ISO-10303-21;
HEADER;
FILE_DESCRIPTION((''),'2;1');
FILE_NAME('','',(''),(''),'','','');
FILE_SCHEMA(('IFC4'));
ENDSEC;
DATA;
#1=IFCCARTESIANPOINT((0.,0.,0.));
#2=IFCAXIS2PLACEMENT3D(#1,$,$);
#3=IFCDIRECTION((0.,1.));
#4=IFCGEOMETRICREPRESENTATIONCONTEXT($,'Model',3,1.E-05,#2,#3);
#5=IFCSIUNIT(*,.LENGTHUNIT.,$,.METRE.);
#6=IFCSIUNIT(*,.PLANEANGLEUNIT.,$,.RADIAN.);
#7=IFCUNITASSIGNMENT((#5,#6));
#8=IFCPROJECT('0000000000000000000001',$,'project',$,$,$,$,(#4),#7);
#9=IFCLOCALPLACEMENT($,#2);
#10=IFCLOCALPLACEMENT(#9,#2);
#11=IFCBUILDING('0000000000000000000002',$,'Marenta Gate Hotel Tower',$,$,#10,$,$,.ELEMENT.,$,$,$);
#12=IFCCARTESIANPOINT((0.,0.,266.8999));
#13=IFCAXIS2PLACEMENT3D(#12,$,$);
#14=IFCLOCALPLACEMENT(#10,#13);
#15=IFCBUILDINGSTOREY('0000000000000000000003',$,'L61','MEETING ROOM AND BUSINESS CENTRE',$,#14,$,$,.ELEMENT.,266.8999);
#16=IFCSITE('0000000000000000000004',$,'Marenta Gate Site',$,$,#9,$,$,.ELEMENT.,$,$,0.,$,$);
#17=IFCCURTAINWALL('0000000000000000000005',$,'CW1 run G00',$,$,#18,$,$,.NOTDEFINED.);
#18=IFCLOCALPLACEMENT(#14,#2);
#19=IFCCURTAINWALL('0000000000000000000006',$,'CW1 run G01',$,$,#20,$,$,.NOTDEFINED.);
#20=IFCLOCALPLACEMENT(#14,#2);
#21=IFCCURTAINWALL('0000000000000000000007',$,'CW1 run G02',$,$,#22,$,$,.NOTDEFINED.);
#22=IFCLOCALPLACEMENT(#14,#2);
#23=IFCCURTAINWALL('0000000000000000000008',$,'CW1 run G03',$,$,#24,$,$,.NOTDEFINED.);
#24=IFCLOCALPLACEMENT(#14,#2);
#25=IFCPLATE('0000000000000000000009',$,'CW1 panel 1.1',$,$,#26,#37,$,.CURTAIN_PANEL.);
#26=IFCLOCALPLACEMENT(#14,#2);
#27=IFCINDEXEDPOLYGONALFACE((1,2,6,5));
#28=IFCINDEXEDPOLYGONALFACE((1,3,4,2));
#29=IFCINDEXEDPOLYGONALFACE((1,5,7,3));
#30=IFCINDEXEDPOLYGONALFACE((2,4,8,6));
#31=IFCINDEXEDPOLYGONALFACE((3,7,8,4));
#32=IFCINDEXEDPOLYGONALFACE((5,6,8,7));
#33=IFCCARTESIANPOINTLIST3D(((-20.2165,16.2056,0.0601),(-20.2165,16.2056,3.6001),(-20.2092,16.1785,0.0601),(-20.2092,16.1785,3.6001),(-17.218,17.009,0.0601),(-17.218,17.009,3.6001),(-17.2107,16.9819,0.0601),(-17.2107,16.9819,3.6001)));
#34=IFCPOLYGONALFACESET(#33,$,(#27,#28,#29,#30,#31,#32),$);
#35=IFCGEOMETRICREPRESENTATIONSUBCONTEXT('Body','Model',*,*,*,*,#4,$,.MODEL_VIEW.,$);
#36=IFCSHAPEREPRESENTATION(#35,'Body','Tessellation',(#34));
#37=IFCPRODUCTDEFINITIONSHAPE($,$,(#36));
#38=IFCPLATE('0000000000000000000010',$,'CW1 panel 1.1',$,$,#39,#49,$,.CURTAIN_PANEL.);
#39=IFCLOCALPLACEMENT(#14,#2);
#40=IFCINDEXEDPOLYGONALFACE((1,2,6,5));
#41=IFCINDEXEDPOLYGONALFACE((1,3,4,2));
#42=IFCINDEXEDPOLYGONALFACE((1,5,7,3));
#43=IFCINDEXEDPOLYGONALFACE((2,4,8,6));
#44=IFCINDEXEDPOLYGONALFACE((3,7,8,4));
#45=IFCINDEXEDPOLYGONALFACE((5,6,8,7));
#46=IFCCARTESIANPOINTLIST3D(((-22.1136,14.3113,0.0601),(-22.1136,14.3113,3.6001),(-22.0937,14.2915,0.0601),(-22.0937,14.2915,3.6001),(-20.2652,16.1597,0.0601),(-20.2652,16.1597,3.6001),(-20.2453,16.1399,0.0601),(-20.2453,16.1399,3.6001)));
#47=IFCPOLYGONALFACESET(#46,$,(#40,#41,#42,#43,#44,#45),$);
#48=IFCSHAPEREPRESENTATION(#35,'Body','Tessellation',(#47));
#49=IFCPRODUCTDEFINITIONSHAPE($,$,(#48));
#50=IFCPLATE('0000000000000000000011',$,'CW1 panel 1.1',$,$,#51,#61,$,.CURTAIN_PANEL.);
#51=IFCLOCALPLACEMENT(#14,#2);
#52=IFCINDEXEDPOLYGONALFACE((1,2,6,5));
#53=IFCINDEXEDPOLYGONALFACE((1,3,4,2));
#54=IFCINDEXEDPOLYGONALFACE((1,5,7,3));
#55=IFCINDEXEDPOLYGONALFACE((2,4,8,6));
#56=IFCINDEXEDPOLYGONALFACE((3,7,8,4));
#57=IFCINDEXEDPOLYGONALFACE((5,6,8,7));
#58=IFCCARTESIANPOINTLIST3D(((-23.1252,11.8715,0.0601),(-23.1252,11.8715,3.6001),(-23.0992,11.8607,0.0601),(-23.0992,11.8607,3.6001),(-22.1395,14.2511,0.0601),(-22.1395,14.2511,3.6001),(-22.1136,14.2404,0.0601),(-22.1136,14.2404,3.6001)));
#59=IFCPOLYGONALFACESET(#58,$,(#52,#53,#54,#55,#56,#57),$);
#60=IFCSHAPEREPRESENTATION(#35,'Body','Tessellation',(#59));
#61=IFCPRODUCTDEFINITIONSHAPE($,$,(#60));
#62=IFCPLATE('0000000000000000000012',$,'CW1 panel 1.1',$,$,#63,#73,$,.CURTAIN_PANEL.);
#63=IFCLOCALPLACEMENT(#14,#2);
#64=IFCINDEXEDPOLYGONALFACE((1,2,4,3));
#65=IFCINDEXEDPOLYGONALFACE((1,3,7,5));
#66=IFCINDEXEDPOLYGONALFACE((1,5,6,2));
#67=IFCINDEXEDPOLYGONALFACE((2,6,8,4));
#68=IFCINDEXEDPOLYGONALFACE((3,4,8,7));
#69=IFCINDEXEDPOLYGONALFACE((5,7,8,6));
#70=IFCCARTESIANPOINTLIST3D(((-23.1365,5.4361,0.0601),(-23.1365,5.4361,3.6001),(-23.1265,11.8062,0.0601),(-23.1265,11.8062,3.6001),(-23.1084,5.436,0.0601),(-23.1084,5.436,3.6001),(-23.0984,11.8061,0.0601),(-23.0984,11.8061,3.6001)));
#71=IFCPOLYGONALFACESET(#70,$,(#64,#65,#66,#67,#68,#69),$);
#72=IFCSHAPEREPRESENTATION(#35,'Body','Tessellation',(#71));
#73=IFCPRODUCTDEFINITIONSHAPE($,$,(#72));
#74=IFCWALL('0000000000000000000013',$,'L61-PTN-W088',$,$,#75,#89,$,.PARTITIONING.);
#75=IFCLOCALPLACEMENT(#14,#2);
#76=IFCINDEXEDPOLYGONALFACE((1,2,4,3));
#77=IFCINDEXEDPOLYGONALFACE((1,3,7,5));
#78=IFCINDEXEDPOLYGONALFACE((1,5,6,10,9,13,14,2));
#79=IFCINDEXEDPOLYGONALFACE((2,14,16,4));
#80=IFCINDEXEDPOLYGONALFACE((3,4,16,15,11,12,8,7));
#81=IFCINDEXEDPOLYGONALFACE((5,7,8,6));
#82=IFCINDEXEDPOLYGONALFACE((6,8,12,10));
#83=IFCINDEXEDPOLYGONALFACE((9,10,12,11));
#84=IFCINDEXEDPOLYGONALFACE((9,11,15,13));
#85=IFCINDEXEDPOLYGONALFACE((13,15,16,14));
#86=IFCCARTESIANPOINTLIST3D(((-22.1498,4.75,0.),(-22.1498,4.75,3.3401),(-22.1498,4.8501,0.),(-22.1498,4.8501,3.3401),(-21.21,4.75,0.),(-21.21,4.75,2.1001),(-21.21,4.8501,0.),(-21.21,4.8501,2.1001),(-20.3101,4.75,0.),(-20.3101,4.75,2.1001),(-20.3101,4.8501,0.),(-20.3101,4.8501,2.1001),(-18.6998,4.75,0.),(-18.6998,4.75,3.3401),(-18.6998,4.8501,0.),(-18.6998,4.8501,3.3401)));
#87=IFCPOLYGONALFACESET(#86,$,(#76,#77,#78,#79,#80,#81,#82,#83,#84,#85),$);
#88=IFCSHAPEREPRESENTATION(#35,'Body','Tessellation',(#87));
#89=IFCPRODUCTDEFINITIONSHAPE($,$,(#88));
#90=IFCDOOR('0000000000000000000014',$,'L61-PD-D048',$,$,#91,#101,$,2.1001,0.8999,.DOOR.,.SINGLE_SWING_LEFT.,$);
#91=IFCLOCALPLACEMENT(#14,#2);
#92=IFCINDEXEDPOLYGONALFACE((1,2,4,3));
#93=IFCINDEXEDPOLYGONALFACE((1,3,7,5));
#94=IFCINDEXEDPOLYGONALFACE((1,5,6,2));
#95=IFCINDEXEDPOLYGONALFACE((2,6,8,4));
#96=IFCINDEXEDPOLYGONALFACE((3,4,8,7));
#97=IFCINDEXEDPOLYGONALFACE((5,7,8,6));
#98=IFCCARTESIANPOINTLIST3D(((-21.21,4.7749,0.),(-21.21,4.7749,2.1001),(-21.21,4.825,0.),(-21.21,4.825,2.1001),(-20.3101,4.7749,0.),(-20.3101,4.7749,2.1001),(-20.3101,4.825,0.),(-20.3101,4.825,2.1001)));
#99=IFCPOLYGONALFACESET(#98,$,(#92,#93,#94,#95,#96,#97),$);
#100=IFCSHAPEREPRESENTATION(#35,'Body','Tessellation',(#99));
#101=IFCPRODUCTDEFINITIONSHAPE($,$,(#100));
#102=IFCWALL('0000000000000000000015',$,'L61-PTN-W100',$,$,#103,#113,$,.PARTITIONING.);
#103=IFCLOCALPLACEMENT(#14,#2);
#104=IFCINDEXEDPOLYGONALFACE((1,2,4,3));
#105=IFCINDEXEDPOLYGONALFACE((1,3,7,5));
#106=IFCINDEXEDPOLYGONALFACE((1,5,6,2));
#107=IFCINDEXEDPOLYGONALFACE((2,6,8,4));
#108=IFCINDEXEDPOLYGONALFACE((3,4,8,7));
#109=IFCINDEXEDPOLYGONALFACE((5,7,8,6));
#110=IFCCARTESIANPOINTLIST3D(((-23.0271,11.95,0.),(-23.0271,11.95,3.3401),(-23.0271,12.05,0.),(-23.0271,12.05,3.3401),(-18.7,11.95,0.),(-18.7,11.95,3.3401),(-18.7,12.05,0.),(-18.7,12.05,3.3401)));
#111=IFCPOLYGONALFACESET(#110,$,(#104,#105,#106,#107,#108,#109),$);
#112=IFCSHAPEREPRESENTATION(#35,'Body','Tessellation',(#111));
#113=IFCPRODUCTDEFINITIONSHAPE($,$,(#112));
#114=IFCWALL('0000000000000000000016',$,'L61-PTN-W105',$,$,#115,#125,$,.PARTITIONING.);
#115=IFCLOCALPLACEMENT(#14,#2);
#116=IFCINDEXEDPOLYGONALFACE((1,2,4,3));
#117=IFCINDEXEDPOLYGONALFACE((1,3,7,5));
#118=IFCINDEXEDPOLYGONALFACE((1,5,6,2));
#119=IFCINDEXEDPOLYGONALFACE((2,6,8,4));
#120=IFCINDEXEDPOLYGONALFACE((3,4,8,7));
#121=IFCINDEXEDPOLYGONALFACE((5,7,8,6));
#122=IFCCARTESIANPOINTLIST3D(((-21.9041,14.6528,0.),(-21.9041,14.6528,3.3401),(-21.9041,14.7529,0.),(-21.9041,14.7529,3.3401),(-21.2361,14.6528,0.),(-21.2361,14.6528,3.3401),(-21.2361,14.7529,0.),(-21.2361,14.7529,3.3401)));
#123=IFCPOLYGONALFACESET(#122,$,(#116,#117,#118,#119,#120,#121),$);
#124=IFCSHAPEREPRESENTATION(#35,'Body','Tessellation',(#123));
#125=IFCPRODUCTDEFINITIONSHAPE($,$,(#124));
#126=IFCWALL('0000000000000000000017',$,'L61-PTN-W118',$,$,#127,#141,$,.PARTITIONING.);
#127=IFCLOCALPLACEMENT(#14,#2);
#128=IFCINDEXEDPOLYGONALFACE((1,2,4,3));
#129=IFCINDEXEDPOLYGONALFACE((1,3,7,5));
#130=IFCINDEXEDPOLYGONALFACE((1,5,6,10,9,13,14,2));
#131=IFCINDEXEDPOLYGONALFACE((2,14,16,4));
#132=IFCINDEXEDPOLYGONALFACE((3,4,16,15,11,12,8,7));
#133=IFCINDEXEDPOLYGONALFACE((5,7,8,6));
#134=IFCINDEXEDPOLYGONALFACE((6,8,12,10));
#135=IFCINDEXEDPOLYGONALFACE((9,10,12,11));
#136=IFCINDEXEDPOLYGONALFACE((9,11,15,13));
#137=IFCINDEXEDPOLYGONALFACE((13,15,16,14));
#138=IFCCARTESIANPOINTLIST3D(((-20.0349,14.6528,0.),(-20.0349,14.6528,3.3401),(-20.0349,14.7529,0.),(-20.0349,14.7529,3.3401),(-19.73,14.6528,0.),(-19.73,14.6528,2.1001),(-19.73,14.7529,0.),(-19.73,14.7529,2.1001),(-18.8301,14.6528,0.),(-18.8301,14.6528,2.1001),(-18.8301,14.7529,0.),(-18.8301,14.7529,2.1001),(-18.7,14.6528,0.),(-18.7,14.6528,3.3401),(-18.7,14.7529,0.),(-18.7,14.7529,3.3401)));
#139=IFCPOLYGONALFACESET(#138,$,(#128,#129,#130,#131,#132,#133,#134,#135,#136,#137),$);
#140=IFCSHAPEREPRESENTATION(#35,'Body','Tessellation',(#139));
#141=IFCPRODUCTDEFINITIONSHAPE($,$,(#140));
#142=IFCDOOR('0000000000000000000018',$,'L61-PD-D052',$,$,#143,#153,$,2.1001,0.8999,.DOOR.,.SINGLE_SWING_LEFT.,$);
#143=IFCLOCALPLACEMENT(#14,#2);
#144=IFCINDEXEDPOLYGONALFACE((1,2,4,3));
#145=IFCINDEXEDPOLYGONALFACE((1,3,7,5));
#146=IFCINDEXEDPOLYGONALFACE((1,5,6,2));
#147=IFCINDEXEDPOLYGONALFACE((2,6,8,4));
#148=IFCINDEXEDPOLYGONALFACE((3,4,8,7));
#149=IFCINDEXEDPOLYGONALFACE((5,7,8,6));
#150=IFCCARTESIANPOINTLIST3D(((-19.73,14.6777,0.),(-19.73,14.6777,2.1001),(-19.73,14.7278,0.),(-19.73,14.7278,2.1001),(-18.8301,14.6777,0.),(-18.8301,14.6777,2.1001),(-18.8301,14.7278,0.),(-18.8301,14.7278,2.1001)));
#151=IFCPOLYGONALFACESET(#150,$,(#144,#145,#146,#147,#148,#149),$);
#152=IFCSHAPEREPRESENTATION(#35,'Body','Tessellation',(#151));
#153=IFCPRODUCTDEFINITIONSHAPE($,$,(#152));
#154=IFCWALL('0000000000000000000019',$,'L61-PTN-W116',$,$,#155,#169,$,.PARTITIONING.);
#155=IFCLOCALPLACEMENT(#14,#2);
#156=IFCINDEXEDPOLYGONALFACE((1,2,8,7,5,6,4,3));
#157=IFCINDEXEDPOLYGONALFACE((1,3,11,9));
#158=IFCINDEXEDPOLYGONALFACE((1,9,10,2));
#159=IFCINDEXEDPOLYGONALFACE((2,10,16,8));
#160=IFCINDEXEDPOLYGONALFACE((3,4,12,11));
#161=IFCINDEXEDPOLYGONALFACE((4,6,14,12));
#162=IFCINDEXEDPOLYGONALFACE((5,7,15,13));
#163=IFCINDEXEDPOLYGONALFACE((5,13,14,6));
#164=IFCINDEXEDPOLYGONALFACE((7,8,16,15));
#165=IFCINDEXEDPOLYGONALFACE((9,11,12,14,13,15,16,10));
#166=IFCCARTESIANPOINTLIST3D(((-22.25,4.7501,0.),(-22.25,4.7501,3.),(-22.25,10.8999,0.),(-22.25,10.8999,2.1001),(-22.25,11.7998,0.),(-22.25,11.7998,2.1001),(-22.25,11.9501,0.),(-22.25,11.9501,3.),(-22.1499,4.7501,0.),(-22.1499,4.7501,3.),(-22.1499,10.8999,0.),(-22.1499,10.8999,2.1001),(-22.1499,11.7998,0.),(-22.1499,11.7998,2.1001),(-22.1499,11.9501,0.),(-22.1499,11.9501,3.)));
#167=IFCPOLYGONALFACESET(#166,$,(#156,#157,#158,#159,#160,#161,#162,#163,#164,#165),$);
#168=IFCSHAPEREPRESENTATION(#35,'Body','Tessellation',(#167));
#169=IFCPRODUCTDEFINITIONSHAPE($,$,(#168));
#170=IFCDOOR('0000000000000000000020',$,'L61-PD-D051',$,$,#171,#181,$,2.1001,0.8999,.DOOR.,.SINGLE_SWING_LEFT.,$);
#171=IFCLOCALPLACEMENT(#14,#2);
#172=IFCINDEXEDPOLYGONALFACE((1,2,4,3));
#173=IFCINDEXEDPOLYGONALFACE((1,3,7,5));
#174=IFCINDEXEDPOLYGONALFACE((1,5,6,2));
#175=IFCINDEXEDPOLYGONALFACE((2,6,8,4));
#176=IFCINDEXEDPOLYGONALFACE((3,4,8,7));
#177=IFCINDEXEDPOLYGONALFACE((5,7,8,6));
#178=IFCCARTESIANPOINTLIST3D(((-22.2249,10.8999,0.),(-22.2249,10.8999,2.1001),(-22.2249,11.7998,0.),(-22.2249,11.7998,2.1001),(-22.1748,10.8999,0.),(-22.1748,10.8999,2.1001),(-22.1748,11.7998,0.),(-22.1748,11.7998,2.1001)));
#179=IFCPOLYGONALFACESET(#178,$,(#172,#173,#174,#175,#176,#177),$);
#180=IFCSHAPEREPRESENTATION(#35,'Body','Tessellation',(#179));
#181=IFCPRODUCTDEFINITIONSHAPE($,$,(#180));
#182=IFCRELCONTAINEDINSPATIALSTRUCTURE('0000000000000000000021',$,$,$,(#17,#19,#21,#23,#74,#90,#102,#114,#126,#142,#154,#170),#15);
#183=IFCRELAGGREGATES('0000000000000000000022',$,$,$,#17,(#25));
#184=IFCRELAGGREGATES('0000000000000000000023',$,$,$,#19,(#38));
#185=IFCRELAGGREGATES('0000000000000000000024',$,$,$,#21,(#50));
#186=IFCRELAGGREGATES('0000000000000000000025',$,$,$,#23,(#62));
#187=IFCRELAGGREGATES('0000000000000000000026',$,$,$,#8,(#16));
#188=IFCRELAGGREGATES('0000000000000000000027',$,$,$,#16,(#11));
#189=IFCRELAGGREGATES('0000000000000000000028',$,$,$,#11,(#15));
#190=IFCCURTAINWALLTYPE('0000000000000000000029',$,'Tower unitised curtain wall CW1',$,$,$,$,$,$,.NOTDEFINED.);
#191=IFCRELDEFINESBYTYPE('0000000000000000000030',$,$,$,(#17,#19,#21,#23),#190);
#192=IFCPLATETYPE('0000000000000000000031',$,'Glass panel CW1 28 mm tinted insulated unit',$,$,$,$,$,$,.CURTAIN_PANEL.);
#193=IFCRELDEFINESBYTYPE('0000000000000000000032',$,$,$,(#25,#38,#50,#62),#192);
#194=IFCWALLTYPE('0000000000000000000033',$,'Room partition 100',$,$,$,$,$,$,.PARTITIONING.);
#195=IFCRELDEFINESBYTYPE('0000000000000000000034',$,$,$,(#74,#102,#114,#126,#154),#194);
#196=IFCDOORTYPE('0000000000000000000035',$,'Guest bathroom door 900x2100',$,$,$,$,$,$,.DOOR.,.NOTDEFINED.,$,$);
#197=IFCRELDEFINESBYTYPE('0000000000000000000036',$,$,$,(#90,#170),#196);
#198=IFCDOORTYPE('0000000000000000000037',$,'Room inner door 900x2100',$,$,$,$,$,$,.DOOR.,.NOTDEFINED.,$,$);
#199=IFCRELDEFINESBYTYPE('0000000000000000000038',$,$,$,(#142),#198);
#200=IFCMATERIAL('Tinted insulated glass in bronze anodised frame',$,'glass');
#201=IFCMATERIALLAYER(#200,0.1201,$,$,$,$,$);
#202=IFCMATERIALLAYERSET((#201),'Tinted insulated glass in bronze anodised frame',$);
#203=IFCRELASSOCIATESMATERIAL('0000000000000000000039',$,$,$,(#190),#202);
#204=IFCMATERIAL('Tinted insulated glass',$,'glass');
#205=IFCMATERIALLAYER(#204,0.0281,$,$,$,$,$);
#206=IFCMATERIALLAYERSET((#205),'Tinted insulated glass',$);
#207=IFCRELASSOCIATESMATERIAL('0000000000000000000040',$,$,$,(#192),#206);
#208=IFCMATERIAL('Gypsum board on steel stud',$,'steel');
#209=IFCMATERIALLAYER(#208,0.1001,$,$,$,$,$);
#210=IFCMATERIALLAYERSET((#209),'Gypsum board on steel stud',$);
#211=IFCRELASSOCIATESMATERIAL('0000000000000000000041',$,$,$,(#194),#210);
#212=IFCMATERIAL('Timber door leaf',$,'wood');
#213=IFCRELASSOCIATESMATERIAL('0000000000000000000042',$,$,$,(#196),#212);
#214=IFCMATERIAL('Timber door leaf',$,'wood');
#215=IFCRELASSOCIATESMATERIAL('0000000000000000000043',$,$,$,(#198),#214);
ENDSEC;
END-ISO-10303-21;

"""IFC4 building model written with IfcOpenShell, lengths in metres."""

from ifc_helpers import new_model, si_unit, direction, frame, frame_2d, origin, origin_2d, place, context, subcontext, project, spatial, rectangle, extrude, material, layer, layer_set, type_object, element, fill, aggregate, save


model = new_model("IFC4")

# Units and contexts
model_context = context("Model", 3, precision=1e-05, world=origin(), true_north=direction((0.0, 1.0)))
body_context = subcontext(model_context, "Body", "Model", "MODEL_VIEW")
ifc_project = project(units=[si_unit("LENGTHUNIT", "METRE"), si_unit("PLANEANGLEUNIT", "RADIAN")], contexts=[model_context])

# Site, building, storey
site_placement = place(None, origin())
site = spatial("IfcSite", under=ifc_project, at=site_placement, Name="Marenta Gate Site", CompositionType="ELEMENT", RefElevation=0.0)
building_placement = place(site_placement, origin())
building = spatial("IfcBuilding", under=site, at=building_placement, Name="Marenta Gate Hotel Tower", CompositionType="ELEMENT")
storey_placement = place(building_placement, frame((0.0, 0.0, 266.8999)))
storey = spatial("IfcBuildingStorey", under=building, at=storey_placement, Name="L61", Description="MEETING ROOM AND BUSINESS CENTRE", CompositionType="ELEMENT", Elevation=266.8999)

# Curtain walls
ifc_material_1 = material(Name="Tinted insulated glass in bronze anodised frame", Category="glass")
ifc_layer_1 = layer(ifc_material_1, 0.1201)
ifc_layer_set_1 = layer_set([ifc_layer_1], Name="Tinted insulated glass in bronze anodised frame")
curtain_wall_type = type_object("IfcCurtainWallType", Name="Tower unitised curtain wall CW1", PredefinedType="NOTDEFINED", material=ifc_layer_set_1)
curtain_wall_1_placement = place(storey_placement, origin())
curtain_wall_1 = element("IfcCurtainWall", 1, at=curtain_wall_1_placement, inside=storey, type_object=curtain_wall_type, Name="CW1 run G00", PredefinedType="NOTDEFINED")
curtain_wall_2_placement = place(storey_placement, origin())
curtain_wall_2 = element("IfcCurtainWall", 2, at=curtain_wall_2_placement, inside=storey, type_object=curtain_wall_type, Name="CW1 run G01", PredefinedType="NOTDEFINED")
curtain_wall_3_placement = place(storey_placement, origin())
curtain_wall_3 = element("IfcCurtainWall", 3, at=curtain_wall_3_placement, inside=storey, type_object=curtain_wall_type, Name="CW1 run G02", PredefinedType="NOTDEFINED")

# Curtain wall
curtain_wall_4_placement = place(storey_placement, origin())
curtain_wall_4 = element("IfcCurtainWall", 4, at=curtain_wall_4_placement, inside=storey, type_object=curtain_wall_type, Name="CW1 run G03", PredefinedType="NOTDEFINED")

# Plates
ifc_material_2 = material(Name="Tinted insulated glass", Category="glass")
ifc_layer_2 = layer(ifc_material_2, 0.0281)
ifc_layer_set_2 = layer_set([ifc_layer_2], Name="Tinted insulated glass")
plate_type = type_object("IfcPlateType", Name="Glass panel CW1 28 mm tinted insulated unit", PredefinedType="CURTAIN_PANEL", material=ifc_layer_set_2)
plate_1_placement = place(storey_placement, frame((-18.7136, 16.5938, 0.0601), z_axis=(0.0, 0.0, 1.0), x_axis=(-0.965931, -0.258801, 0.0)))
plate_1 = element("IfcPlate", 5, at=plate_1_placement, type_object=plate_type, Name="CW1 panel 1.1", PredefinedType="CURTAIN_PANEL", context=body_context, shape_type="SweptSolid", body=[
    extrude(rectangle(XDim=3.1042, YDim=0.0281, at=origin_2d()), origin(), (0.0, 0.0, 1.0), 3.54),
])
aggregate(curtain_wall_1, [plate_1])
plate_2_placement = place(storey_placement, frame((-21.1794, 15.2256, 0.0601), z_axis=(0.0, 0.0, 1.0), x_axis=(-0.707107, -0.707107, 0.0)))
plate_2 = element("IfcPlate", 6, at=plate_2_placement, type_object=plate_type, Name="CW1 panel 1.1", PredefinedType="CURTAIN_PANEL", context=body_context, shape_type="SweptSolid", body=[
    extrude(rectangle(XDim=2.614, YDim=0.0281, at=origin_2d()), origin(), (0.0, 0.0, 1.0), 3.54),
])
aggregate(curtain_wall_2, [plate_2])
plate_3_placement = place(storey_placement, frame((-22.6194, 13.0559, 0.0601), z_axis=(0.0, 0.0, 1.0), x_axis=(-0.382667, -0.923886, 0.0)))
plate_3 = element("IfcPlate", 7, at=plate_3_placement, type_object=plate_type, Name="CW1 panel 1.1", PredefinedType="CURTAIN_PANEL", context=body_context, shape_type="SweptSolid", body=[
    extrude(rectangle(XDim=2.5757, YDim=0.0281, at=origin_2d()), origin(), (0.0, 0.0, 1.0), 3.54),
])
aggregate(curtain_wall_3, [plate_3])
plate_4_placement = place(storey_placement, frame((-23.1174, 8.6211, 0.0601), z_axis=(0.0, 0.0, 1.0), x_axis=(-0.001566, -0.999999, 0.0)))
plate_4 = element("IfcPlate", 8, at=plate_4_placement, type_object=plate_type, Name="CW1 panel 1.1", PredefinedType="CURTAIN_PANEL", context=body_context, shape_type="SweptSolid", body=[
    extrude(rectangle(XDim=6.3701, YDim=0.0281, at=origin_2d()), origin(), (0.0, 0.0, 1.0), 3.54),
])
aggregate(curtain_wall_4, [plate_4])

# Wall, opening, door
ifc_material_3 = material(Name="Gypsum board on steel stud", Category="steel")
ifc_layer_3 = layer(ifc_material_3, 0.1001)
ifc_layer_set_3 = layer_set([ifc_layer_3], Name="Gypsum board on steel stud")
wall_type_1 = type_object("IfcWallType", Name="Room partition 100", PredefinedType="PARTITIONING", material=ifc_layer_set_3)
wall_1_placement = place(storey_placement, frame((-22.1499, 4.8, 0.0), z_axis=(0.0, 0.0, 1.0), x_axis=(1.0, 0.0, 0.0)))
wall_1 = element("IfcWall", 9, at=wall_1_placement, inside=storey, type_object=wall_type_1, Name="L61-PTN-W088", PredefinedType="PARTITIONING", context=body_context, shape_type="SweptSolid", body=[
    extrude(rectangle(XDim=3.45, YDim=0.1001, at=frame_2d((1.7251, 0.0))), origin(), (0.0, 0.0, 1.0), 3.3401),
])
opening_1_placement = place(wall_1_placement, frame((0.9399, 0.0, 0.0)))
opening_1 = element("IfcOpeningElement", 10, at=opening_1_placement, cuts=wall_1, PredefinedType="OPENING", context=body_context, shape_type="SweptSolid", body=[
    extrude(rectangle(XDim=0.8999, YDim=2.1001, at=frame_2d((0.45, 1.05))), frame((0.0, 0.05, 0.0), z_axis=(0.0, -1.0, 0.0), x_axis=(1.0, 0.0, 0.0)), (0.0, 0.0, 1.0), 0.1001),
])
ifc_material_4 = material(Name="Timber door leaf", Category="wood")
door_type_1 = type_object("IfcDoorType", Name="Guest bathroom door 900x2100", OperationType="NOTDEFINED", PredefinedType="DOOR", material=ifc_material_4)
door_1_placement = place(opening_1_placement, origin())
door_1 = element("IfcDoor", 11, at=door_1_placement, inside=storey, type_object=door_type_1, Name="L61-PD-D048", OperationType="SINGLE_SWING_LEFT", OverallHeight=2.1001, OverallWidth=0.8999, PredefinedType="DOOR", context=body_context, shape_type="SweptSolid", body=[
    extrude(rectangle(XDim=0.8999, YDim=2.1001, at=frame_2d((0.45, 1.05))), frame((0.0, 0.0249, 0.0), z_axis=(0.0, -1.0, 0.0), x_axis=(1.0, 0.0, 0.0)), (0.0, 0.0, 1.0), 0.05),
])
fill(opening_1, door_1)

# Walls
wall_2_placement = place(storey_placement, frame((-23.0271, 12.0, 0.0), z_axis=(0.0, 0.0, 1.0), x_axis=(1.0, 0.0, 0.0)))
element("IfcWall", 12, at=wall_2_placement, inside=storey, type_object=wall_type_1, Name="L61-PTN-W100", PredefinedType="PARTITIONING", context=body_context, shape_type="SweptSolid", body=[
    extrude(rectangle(XDim=4.3271, YDim=0.1001, at=frame_2d((2.1636, 0.0))), origin(), (0.0, 0.0, 1.0), 3.3401),
])
wall_3_placement = place(storey_placement, frame((-21.9041, 14.7029, 0.0), z_axis=(0.0, 0.0, 1.0), x_axis=(1.0, 0.0, 0.0)))
element("IfcWall", 13, at=wall_3_placement, inside=storey, type_object=wall_type_1, Name="L61-PTN-W105", PredefinedType="PARTITIONING", context=body_context, shape_type="SweptSolid", body=[
    extrude(rectangle(XDim=0.668, YDim=0.1001, at=frame_2d((0.334, 0.0))), origin(), (0.0, 0.0, 1.0), 3.3401),
])

# Walls, openings, doors
wall_4_placement = place(storey_placement, frame((-20.0349, 14.7029, 0.0), z_axis=(0.0, 0.0, 1.0), x_axis=(1.0, 0.0, 0.0)))
wall_4 = element("IfcWall", 14, at=wall_4_placement, inside=storey, type_object=wall_type_1, Name="L61-PTN-W118", PredefinedType="PARTITIONING", context=body_context, shape_type="SweptSolid", body=[
    extrude(rectangle(XDim=1.335, YDim=0.1001, at=frame_2d((0.6675, 0.0))), origin(), (0.0, 0.0, 1.0), 3.3401),
])
opening_2_placement = place(wall_4_placement, frame((0.3049, 0.0, 0.0)))
opening_2 = element("IfcOpeningElement", 15, at=opening_2_placement, cuts=wall_4, PredefinedType="OPENING", context=body_context, shape_type="SweptSolid", body=[
    extrude(rectangle(XDim=0.8999, YDim=2.1001, at=frame_2d((0.45, 1.05))), frame((0.0, 0.05, 0.0), z_axis=(0.0, -1.0, 0.0), x_axis=(1.0, 0.0, 0.0)), (0.0, 0.0, 1.0), 0.1001),
])
ifc_material_5 = material(Name="Timber door leaf", Category="wood")
door_type_2 = type_object("IfcDoorType", Name="Room inner door 900x2100", OperationType="NOTDEFINED", PredefinedType="DOOR", material=ifc_material_5)
door_2_placement = place(opening_2_placement, origin())
door_2 = element("IfcDoor", 16, at=door_2_placement, inside=storey, type_object=door_type_2, Name="L61-PD-D052", OperationType="SINGLE_SWING_LEFT", OverallHeight=2.1001, OverallWidth=0.8999, PredefinedType="DOOR", context=body_context, shape_type="SweptSolid", body=[
    extrude(rectangle(XDim=0.8999, YDim=2.1001, at=frame_2d((0.45, 1.05))), frame((0.0, 0.0249, 0.0), z_axis=(0.0, -1.0, 0.0), x_axis=(1.0, 0.0, 0.0)), (0.0, 0.0, 1.0), 0.05),
])
fill(opening_2, door_2)
wall_5_placement = place(storey_placement, frame((-22.2, 4.75, 0.0), z_axis=(0.0, 0.0, 1.0), x_axis=(0.0, 1.0, 0.0)))
wall_5 = element("IfcWall", 17, at=wall_5_placement, inside=storey, type_object=wall_type_1, Name="L61-PTN-W116", PredefinedType="PARTITIONING", context=body_context, shape_type="SweptSolid", body=[
    extrude(rectangle(XDim=7.2, YDim=0.1001, at=frame_2d((3.6001, 0.0))), origin(), (0.0, 0.0, 1.0), 3.0),
])
opening_3_placement = place(wall_5_placement, frame((6.1499, 0.0, 0.0)))
opening_3 = element("IfcOpeningElement", 18, at=opening_3_placement, cuts=wall_5, PredefinedType="OPENING", context=body_context, shape_type="SweptSolid", body=[
    extrude(rectangle(XDim=0.8999, YDim=2.1001, at=frame_2d((0.45, 1.05))), frame((0.0, 0.05, 0.0), z_axis=(0.0, -1.0, 0.0), x_axis=(1.0, 0.0, 0.0)), (0.0, 0.0, 1.0), 0.1001),
])
door_3_placement = place(opening_3_placement, origin())
door_3 = element("IfcDoor", 19, at=door_3_placement, inside=storey, type_object=door_type_1, Name="L61-PD-D051", OperationType="SINGLE_SWING_LEFT", OverallHeight=2.1001, OverallWidth=0.8999, PredefinedType="DOOR", context=body_context, shape_type="SweptSolid", body=[
    extrude(rectangle(XDim=0.8999, YDim=2.1001, at=frame_2d((0.45, 1.05))), frame((0.0, 0.0249, 0.0), z_axis=(0.0, -1.0, 0.0), x_axis=(1.0, 0.0, 0.0)), (0.0, 0.0, 1.0), 0.05),
])
fill(opening_3, door_3)

save(model, "model.ifc")
